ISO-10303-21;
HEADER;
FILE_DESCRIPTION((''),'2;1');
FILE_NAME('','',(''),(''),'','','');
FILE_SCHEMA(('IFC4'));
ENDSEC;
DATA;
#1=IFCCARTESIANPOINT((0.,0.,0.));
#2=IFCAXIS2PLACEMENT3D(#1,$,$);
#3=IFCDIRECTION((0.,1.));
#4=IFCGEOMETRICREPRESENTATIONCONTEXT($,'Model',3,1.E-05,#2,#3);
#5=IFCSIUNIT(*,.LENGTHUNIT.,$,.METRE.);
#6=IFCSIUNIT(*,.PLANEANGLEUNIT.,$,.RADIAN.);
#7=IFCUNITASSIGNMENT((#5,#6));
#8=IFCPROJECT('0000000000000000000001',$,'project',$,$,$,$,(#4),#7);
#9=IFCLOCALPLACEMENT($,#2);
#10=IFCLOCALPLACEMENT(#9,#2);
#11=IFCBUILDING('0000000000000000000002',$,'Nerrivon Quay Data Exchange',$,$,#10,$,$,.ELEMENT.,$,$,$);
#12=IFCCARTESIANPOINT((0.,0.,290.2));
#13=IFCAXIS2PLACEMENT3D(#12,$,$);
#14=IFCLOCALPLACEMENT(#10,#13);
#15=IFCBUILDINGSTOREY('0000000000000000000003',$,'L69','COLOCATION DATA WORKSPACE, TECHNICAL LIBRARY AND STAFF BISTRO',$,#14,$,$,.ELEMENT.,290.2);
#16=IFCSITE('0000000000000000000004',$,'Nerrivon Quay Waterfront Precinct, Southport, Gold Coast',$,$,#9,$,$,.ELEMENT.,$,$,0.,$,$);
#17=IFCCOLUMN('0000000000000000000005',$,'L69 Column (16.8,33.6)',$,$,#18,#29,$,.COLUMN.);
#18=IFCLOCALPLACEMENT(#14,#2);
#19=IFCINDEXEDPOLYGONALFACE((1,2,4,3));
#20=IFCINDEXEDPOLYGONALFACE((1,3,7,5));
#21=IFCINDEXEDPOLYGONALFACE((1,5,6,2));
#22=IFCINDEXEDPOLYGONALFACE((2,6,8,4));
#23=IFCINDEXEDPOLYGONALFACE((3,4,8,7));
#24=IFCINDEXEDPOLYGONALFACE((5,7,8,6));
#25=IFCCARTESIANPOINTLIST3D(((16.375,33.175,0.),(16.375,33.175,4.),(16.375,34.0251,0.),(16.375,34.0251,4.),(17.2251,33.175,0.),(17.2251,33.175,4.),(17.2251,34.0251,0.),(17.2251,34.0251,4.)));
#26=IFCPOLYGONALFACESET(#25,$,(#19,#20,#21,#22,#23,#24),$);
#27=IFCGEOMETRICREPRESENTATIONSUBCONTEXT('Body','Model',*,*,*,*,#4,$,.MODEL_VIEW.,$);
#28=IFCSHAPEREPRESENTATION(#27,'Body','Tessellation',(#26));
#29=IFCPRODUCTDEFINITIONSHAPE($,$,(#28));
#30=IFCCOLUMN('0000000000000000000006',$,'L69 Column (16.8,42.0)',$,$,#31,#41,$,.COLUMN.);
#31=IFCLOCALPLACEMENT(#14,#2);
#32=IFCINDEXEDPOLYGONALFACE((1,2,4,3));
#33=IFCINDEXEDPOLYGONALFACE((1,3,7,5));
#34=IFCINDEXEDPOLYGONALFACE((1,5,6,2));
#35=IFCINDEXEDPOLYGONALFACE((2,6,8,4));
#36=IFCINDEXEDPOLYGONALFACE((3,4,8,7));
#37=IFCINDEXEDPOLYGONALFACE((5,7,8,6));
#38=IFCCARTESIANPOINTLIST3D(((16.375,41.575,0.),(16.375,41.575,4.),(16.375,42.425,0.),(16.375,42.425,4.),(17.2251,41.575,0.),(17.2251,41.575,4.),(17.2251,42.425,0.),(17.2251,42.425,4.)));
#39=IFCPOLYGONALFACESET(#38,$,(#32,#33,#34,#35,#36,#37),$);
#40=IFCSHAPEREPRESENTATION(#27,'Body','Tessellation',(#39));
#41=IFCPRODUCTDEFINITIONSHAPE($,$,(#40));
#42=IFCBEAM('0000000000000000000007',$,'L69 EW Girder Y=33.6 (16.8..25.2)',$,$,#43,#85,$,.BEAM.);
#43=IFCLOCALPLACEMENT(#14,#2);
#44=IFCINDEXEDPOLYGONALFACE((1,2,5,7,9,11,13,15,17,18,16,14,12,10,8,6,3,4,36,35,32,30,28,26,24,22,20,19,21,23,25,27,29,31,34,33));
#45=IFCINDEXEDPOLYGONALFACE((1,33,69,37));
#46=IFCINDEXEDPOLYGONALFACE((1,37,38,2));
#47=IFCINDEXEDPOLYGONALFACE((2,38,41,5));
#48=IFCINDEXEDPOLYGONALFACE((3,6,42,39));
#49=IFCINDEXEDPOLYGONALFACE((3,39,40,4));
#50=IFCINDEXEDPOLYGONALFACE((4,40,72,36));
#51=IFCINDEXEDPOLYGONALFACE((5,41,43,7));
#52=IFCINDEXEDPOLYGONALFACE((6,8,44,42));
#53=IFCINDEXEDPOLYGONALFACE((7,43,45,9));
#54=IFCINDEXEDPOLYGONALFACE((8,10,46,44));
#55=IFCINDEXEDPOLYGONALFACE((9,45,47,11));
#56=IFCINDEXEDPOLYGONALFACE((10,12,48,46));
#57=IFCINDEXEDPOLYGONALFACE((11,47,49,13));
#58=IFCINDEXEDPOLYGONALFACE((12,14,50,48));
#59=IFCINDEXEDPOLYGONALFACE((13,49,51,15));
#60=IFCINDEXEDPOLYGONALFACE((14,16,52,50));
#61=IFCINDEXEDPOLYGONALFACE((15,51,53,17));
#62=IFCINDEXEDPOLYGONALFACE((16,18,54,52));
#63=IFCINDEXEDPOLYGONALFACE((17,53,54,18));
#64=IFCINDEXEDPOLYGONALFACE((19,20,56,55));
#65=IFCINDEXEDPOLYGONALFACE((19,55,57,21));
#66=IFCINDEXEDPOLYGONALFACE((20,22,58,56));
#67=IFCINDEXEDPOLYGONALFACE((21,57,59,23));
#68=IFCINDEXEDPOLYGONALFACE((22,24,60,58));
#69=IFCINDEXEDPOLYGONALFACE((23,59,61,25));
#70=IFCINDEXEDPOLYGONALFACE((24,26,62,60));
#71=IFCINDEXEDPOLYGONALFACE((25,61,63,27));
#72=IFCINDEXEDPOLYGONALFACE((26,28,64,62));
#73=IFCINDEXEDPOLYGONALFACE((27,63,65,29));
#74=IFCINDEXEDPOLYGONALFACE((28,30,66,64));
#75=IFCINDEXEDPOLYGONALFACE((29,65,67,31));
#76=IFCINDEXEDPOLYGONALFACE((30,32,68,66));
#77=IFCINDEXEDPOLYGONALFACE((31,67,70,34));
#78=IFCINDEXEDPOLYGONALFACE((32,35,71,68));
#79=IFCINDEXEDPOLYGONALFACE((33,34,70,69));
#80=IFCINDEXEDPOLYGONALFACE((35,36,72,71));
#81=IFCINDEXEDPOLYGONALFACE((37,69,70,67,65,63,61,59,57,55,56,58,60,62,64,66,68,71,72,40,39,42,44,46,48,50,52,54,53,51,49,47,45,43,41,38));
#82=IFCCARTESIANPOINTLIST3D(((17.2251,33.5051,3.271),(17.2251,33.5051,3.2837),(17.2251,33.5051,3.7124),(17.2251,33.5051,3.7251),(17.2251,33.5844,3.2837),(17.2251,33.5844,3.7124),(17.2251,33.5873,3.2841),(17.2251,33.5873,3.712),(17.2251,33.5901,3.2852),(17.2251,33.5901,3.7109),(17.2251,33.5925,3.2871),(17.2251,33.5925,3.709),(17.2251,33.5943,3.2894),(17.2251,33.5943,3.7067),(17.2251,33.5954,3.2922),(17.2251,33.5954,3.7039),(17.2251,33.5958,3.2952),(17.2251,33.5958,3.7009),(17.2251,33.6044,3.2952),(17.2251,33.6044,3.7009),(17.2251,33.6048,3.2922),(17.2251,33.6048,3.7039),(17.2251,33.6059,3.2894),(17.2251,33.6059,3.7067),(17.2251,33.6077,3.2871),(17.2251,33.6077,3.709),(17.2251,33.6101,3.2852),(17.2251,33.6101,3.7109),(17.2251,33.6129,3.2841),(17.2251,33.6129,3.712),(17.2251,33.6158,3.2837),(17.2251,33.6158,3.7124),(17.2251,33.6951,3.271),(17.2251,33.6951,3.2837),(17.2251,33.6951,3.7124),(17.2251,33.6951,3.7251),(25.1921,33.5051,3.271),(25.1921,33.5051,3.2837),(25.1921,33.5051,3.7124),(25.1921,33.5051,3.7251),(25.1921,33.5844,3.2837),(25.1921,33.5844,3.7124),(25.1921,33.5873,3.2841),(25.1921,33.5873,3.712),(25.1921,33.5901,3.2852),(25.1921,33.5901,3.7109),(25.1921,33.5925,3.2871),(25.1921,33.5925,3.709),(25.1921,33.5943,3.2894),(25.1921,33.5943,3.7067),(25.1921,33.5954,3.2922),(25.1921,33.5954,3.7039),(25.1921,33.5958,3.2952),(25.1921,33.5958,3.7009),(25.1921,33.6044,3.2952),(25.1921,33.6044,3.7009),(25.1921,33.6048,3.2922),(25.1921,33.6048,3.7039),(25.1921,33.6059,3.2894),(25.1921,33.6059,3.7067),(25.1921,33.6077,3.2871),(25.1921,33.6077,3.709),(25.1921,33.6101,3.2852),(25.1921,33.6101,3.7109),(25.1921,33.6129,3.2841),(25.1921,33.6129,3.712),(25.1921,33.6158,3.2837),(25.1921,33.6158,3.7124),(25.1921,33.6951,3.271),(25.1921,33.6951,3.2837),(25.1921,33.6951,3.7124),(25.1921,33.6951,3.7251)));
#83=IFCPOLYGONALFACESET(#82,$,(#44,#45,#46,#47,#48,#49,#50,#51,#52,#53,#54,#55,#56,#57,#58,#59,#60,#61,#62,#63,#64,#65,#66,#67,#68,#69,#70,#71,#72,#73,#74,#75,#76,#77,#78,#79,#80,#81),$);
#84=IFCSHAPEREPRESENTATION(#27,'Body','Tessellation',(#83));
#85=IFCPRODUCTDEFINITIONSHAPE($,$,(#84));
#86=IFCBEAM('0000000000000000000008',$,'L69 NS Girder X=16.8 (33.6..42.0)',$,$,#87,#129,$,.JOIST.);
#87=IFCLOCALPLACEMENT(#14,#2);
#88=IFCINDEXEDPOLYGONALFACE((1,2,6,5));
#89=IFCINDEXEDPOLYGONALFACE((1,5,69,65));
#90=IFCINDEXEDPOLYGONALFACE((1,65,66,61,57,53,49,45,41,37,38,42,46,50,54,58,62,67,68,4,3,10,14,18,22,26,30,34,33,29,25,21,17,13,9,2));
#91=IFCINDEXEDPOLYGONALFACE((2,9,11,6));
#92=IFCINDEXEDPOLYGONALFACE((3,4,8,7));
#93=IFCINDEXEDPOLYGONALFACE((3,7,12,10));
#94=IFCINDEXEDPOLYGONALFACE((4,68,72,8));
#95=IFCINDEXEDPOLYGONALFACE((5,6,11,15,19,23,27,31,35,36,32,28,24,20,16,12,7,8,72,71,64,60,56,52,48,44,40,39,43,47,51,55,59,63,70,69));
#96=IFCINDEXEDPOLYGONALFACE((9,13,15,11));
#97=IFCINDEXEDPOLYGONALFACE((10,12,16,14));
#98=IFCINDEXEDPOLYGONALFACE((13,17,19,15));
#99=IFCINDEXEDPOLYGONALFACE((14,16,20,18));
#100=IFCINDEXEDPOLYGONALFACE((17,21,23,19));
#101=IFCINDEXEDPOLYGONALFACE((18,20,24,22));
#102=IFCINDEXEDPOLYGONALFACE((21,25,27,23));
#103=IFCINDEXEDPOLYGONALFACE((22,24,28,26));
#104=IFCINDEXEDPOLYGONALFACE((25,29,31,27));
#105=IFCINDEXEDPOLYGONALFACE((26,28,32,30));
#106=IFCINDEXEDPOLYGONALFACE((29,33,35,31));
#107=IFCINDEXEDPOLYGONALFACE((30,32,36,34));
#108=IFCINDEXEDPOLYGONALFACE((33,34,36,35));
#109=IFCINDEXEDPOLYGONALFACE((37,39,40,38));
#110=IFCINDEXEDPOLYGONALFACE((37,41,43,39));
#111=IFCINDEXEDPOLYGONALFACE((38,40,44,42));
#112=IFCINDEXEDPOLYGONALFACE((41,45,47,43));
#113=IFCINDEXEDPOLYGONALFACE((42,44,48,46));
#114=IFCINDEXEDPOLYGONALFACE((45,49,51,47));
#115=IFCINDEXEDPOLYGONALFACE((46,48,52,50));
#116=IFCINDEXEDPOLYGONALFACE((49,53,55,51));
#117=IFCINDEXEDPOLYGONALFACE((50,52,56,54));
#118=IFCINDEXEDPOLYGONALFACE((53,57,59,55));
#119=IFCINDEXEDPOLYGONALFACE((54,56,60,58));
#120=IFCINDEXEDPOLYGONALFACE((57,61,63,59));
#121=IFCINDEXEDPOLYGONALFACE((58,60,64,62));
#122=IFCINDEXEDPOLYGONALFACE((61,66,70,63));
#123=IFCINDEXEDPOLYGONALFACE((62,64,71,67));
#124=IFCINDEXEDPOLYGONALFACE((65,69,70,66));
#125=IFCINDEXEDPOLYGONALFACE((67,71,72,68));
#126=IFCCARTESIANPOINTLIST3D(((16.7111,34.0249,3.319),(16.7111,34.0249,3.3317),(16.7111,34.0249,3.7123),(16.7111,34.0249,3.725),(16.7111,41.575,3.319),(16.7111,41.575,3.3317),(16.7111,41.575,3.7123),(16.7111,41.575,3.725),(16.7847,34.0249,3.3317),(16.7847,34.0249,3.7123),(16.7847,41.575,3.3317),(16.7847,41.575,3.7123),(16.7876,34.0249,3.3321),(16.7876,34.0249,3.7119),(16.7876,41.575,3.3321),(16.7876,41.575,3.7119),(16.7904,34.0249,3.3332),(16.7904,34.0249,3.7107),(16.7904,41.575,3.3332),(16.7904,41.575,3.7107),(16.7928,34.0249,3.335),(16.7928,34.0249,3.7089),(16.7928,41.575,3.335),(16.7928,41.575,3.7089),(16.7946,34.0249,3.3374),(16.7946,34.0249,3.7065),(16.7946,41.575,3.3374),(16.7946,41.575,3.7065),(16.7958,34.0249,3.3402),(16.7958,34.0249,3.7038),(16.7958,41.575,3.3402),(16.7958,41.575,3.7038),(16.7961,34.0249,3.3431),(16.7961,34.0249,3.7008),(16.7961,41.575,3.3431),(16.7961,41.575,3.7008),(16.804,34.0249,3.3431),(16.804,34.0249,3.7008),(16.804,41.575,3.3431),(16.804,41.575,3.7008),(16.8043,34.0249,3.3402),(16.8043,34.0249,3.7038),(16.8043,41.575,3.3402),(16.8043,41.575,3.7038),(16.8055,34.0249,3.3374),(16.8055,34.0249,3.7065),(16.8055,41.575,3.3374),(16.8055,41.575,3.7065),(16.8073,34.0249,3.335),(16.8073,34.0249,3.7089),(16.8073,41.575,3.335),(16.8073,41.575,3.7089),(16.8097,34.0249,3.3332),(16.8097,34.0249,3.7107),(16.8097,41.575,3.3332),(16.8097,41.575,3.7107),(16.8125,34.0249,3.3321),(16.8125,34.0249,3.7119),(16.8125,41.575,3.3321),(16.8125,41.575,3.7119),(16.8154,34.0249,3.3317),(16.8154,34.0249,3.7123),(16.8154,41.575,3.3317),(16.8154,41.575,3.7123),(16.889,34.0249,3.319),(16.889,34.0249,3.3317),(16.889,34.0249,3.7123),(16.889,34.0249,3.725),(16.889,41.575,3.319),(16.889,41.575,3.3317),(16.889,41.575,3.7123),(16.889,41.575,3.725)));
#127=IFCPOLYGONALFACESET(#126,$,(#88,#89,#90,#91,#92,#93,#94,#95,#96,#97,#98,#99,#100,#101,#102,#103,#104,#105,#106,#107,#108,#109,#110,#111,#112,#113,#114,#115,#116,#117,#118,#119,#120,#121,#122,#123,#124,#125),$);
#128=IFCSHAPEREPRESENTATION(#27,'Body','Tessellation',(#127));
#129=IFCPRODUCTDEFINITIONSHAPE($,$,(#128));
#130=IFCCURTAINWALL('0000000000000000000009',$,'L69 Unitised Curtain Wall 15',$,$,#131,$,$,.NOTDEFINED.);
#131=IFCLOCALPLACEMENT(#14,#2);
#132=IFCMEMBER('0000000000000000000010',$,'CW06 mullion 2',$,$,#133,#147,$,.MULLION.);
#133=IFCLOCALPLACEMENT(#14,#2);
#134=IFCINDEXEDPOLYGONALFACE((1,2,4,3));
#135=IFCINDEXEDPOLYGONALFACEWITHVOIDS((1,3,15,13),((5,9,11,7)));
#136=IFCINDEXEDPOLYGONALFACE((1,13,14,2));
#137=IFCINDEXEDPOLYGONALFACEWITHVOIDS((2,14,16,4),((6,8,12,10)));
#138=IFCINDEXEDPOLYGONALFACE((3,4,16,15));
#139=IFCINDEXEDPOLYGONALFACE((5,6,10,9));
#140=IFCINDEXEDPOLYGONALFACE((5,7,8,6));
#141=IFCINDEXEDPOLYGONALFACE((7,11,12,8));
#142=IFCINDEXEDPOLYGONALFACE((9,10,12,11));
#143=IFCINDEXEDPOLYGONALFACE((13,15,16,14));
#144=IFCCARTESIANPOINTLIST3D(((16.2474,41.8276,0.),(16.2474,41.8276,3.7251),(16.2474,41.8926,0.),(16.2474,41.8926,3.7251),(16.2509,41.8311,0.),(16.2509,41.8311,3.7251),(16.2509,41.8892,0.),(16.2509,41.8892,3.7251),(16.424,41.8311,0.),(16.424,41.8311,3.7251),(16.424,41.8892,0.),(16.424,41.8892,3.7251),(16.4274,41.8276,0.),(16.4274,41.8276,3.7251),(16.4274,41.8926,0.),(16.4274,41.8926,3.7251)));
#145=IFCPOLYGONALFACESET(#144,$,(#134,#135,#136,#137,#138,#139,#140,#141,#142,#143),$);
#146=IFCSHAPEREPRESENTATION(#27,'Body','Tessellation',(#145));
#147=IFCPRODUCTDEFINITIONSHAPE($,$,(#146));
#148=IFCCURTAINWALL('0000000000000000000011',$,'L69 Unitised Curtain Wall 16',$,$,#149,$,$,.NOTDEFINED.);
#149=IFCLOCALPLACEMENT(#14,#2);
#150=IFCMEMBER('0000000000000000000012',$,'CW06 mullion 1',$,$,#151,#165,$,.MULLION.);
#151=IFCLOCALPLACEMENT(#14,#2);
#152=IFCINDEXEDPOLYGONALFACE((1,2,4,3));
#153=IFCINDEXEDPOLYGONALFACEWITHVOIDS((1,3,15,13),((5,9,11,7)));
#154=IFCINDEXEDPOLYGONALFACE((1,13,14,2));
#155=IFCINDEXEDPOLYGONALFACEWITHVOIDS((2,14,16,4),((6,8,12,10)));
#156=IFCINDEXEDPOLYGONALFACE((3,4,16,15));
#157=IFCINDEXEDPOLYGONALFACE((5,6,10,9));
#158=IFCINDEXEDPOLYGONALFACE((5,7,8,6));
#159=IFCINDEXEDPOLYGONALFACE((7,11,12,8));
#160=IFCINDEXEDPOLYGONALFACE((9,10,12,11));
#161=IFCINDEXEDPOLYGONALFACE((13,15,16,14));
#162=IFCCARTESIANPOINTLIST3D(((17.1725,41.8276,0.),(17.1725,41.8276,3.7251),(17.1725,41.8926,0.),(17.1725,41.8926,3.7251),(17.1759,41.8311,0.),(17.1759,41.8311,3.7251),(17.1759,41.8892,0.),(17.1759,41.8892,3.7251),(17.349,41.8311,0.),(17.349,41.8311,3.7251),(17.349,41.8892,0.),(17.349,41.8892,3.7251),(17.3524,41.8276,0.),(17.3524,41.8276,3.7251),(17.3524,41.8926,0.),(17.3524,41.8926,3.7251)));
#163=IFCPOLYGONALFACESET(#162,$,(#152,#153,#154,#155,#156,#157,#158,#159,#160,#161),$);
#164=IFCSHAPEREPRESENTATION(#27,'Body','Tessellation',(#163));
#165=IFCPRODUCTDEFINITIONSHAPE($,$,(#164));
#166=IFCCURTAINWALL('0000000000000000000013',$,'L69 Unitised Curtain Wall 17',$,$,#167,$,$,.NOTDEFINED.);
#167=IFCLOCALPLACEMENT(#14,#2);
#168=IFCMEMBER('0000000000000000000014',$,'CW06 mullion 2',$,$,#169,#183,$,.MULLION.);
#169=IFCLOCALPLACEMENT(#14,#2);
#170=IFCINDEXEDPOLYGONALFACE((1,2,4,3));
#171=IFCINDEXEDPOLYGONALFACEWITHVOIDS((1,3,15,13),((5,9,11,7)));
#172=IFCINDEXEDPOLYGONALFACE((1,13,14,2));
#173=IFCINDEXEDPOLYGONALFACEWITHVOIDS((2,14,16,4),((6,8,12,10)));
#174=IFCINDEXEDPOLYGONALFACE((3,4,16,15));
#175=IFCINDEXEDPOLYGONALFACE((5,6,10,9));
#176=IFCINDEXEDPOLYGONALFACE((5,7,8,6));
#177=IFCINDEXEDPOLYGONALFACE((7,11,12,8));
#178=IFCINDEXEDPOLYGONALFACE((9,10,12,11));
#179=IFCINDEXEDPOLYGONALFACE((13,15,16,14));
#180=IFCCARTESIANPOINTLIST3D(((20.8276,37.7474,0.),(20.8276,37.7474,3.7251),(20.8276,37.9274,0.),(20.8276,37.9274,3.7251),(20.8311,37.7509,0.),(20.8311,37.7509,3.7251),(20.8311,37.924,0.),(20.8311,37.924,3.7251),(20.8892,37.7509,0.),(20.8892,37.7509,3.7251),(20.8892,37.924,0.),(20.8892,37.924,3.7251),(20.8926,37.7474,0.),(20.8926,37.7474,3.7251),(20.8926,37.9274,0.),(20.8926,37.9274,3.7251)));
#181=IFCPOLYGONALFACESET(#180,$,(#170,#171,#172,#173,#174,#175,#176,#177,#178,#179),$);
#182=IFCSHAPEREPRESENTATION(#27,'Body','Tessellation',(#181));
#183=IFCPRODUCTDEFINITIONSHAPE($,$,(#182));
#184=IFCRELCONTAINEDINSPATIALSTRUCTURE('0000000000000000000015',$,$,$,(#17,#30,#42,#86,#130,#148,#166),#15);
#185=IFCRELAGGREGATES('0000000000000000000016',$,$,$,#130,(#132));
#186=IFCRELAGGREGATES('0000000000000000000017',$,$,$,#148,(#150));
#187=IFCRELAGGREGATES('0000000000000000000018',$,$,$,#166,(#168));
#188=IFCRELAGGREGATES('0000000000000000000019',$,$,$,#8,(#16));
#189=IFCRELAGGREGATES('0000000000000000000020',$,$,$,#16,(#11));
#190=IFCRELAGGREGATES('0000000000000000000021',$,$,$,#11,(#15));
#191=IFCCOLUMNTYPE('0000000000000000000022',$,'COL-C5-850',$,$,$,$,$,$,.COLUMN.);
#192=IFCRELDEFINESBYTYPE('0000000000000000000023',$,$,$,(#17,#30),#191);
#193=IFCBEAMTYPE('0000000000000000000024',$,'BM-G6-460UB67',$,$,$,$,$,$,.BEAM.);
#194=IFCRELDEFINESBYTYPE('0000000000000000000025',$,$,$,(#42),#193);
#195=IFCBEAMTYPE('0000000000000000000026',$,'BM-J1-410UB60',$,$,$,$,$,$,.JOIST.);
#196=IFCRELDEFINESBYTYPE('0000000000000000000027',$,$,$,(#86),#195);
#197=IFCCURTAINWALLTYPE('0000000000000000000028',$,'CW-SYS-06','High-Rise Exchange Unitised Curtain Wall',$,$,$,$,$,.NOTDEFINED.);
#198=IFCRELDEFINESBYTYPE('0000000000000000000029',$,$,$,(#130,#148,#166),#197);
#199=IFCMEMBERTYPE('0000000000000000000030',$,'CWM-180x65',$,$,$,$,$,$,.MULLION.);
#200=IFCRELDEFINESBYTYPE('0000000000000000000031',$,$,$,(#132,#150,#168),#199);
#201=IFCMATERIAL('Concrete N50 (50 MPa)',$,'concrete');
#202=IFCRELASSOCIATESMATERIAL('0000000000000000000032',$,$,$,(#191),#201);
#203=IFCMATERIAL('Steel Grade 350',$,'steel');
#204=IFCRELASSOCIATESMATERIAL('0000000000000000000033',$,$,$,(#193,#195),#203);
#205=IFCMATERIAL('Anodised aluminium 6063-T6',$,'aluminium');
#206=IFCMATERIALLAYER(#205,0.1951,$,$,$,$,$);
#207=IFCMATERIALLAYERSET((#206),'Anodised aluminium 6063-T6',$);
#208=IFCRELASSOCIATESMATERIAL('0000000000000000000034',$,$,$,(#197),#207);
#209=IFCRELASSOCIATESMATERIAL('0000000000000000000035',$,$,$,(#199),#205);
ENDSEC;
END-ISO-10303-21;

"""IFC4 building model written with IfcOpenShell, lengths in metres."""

from ifc_helpers import new_model, si_unit, direction, frame, origin, origin_2d, place, context, subcontext, project, spatial, rectangle, hollow_rectangle, i_section, extrude, material, layer, layer_set, material_profile, profile_set, type_object, element, aggregate, save


model = new_model("IFC4")

# Units and contexts
model_context = context("Model", 3, precision=1e-05, world=origin(), true_north=direction((0.0, 1.0)))
body_context = subcontext(model_context, "Body", "Model", "MODEL_VIEW")
ifc_project = project(units=[si_unit("LENGTHUNIT", "METRE"), si_unit("PLANEANGLEUNIT", "RADIAN")], contexts=[model_context])

# Site, building, storey
site_placement = place(None, origin())
site = spatial("IfcSite", under=ifc_project, at=site_placement, Name="Nerrivon Quay Waterfront Precinct, Southport, Gold Coast", CompositionType="ELEMENT", RefElevation=0.0)
building_placement = place(site_placement, origin())
building = spatial("IfcBuilding", under=site, at=building_placement, Name="Nerrivon Quay Data Exchange", CompositionType="ELEMENT")
storey_placement = place(building_placement, frame((0.0, 0.0, 290.2)))
storey = spatial("IfcBuildingStorey", under=building, at=storey_placement, Name="L69", Description="COLOCATION DATA WORKSPACE, TECHNICAL LIBRARY AND STAFF BISTRO", CompositionType="ELEMENT", Elevation=290.2)

# Columns
ifc_material_1 = material(Name="Concrete N50 (50 MPa)", Category="concrete")
ifc_material_profile_1 = material_profile(ifc_material_1, rectangle(XDim=0.8501, YDim=0.8501, at=origin_2d()), Name="RC-COL-850x850")
ifc_profile_set_1 = profile_set([ifc_material_profile_1], Name="Concrete N50 (50 MPa)")
column_type = type_object("IfcColumnType", Name="COL-C5-850", PredefinedType="COLUMN", material=ifc_profile_set_1)
for number, where, z_axis, x_axis, name in (
    (1, (16.8, 33.6001, 0.0), (0.0, 0.0, 1.0), (1.0, 0.0, 0.0), "L69 Column (16.8,33.6)"),
    (2, (16.8, 42.0, 0.0), (0.0, 0.0, 1.0), (1.0, 0.0, 0.0), "L69 Column (16.8,42.0)"),
):
    element("IfcColumn", number, at=place(storey_placement, frame(where, z_axis=z_axis, x_axis=x_axis)), inside=storey, type_object=column_type, Name=name, PredefinedType="COLUMN", context=body_context, shape_type="SweptSolid", body=[
        extrude(rectangle(XDim=0.8501, YDim=0.8501, at=origin_2d()), origin(), (0.0, 0.0, 1.0), 4.0),
    ])

# Beams
ifc_material_2 = material(Name="Steel Grade 350", Category="steel")
ifc_material_profile_2 = material_profile(ifc_material_2, i_section(OverallWidth=0.1899, OverallDepth=0.4541, WebThickness=0.0085, FlangeThickness=0.0127, FilletRadius=0.0115, at=origin_2d()), Name="460UB67.1")
ifc_profile_set_2 = profile_set([ifc_material_profile_2], Name="Steel Grade 350")
beam_type_1 = type_object("IfcBeamType", Name="BM-G6-460UB67", PredefinedType="BEAM", material=ifc_profile_set_2)
beam_1_placement = place(storey_placement, frame((17.2251, 33.6001, 3.498), z_axis=(1.0, 0.0, 0.0), x_axis=(0.0, 1.0, 0.0)))
element("IfcBeam", 3, at=beam_1_placement, inside=storey, type_object=beam_type_1, Name="L69 EW Girder Y=33.6 (16.8..25.2)", PredefinedType="BEAM", context=body_context, shape_type="SweptSolid", body=[
    extrude(i_section(OverallWidth=0.1899, OverallDepth=0.4541, WebThickness=0.0085, FlangeThickness=0.0127, FilletRadius=0.0115, at=origin_2d()), origin(), (0.0, 0.0, 1.0), 7.967),
])
ifc_material_profile_3 = material_profile(ifc_material_2, i_section(OverallWidth=0.178, OverallDepth=0.406, WebThickness=0.0078, FlangeThickness=0.0127, FilletRadius=0.0115, at=origin_2d()), Name="410UB59.7")
ifc_profile_set_3 = profile_set([ifc_material_profile_3], Name="Steel Grade 350")
beam_type_2 = type_object("IfcBeamType", Name="BM-J1-410UB60", PredefinedType="JOIST", material=ifc_profile_set_3)
beam_2_placement = place(storey_placement, frame((16.8, 34.0249, 3.522), z_axis=(0.0, 1.0, 0.0), x_axis=(-1.0, 0.0, 0.0)))
element("IfcBeam", 4, at=beam_2_placement, inside=storey, type_object=beam_type_2, Name="L69 NS Girder X=16.8 (33.6..42.0)", PredefinedType="JOIST", context=body_context, shape_type="SweptSolid", body=[
    extrude(i_section(OverallWidth=0.178, OverallDepth=0.406, WebThickness=0.0078, FlangeThickness=0.0127, FilletRadius=0.0115, at=origin_2d()), origin(), (0.0, 0.0, 1.0), 7.55),
])

# Curtain walls, members
ifc_material_3 = material(Name="Anodised aluminium 6063-T6", Category="aluminium")
ifc_layer_1 = layer(ifc_material_3, 0.1951)
ifc_layer_set_1 = layer_set([ifc_layer_1], Name="Anodised aluminium 6063-T6")
curtain_wall_type = type_object("IfcCurtainWallType", Name="CW-SYS-06", Description="High-Rise Exchange Unitised Curtain Wall", PredefinedType="NOTDEFINED", material=ifc_layer_set_1)
curtain_wall_1_placement = place(storey_placement, origin())
curtain_wall_1 = element("IfcCurtainWall", 5, at=curtain_wall_1_placement, inside=storey, type_object=curtain_wall_type, Name="L69 Unitised Curtain Wall 15", PredefinedType="NOTDEFINED")
ifc_material_profile_4 = material_profile(ifc_material_3, hollow_rectangle(XDim=0.0649, YDim=0.1799, WallThickness=0.0034, at=origin_2d()), Name="ALU-MULL-180x65")
ifc_profile_set_4 = profile_set([ifc_material_profile_4], Name="Anodised aluminium 6063-T6")
member_type_1 = type_object("IfcMemberType", Name="CWM-180x65", PredefinedType="MULLION", material=ifc_profile_set_4)
member_1_placement = place(storey_placement, frame((16.3374, 41.8601, 0.0), z_axis=(0.0, 0.0, 1.0), x_axis=(0.0, 1.0, 0.0)))
member_1 = element("IfcMember", 6, at=member_1_placement, type_object=member_type_1, Name="CW06 mullion 2", PredefinedType="MULLION", context=body_context, shape_type="SweptSolid", body=[
    extrude(hollow_rectangle(XDim=0.0649, YDim=0.1799, WallThickness=0.0034, at=origin_2d()), origin(), (0.0, 0.0, 1.0), 3.7251),
])
aggregate(curtain_wall_1, [member_1])
curtain_wall_2_placement = place(storey_placement, origin())
curtain_wall_2 = element("IfcCurtainWall", 7, at=curtain_wall_2_placement, inside=storey, type_object=curtain_wall_type, Name="L69 Unitised Curtain Wall 16", PredefinedType="NOTDEFINED")
member_2_placement = place(storey_placement, frame((17.2625, 41.8601, 0.0), z_axis=(0.0, 0.0, 1.0), x_axis=(0.0, 1.0, 0.0)))
member_2 = element("IfcMember", 8, at=member_2_placement, type_object=member_type_1, Name="CW06 mullion 1", PredefinedType="MULLION", context=body_context, shape_type="SweptSolid", body=[
    extrude(hollow_rectangle(XDim=0.0649, YDim=0.1799, WallThickness=0.0034, at=origin_2d()), origin(), (0.0, 0.0, 1.0), 3.7251),
])
curtain_wall_3_placement = place(storey_placement, origin())
curtain_wall_3 = element("IfcCurtainWall", 9, at=curtain_wall_3_placement, inside=storey, type_object=curtain_wall_type, Name="L69 Unitised Curtain Wall 17", PredefinedType="NOTDEFINED")
member_3_placement = place(storey_placement, frame((20.8601, 37.8374, 0.0), z_axis=(0.0, 0.0, 1.0), x_axis=(1.0, 0.0, 0.0)))
member_3 = element("IfcMember", 10, at=member_3_placement, type_object=member_type_1, Name="CW06 mullion 2", PredefinedType="MULLION", context=body_context, shape_type="SweptSolid", body=[
    extrude(hollow_rectangle(XDim=0.0649, YDim=0.1799, WallThickness=0.0034, at=origin_2d()), origin(), (0.0, 0.0, 1.0), 3.7251),
])

aggregate(curtain_wall_2, [member_2])
aggregate(curtain_wall_3, [member_3])

save(model, "model.ifc")
